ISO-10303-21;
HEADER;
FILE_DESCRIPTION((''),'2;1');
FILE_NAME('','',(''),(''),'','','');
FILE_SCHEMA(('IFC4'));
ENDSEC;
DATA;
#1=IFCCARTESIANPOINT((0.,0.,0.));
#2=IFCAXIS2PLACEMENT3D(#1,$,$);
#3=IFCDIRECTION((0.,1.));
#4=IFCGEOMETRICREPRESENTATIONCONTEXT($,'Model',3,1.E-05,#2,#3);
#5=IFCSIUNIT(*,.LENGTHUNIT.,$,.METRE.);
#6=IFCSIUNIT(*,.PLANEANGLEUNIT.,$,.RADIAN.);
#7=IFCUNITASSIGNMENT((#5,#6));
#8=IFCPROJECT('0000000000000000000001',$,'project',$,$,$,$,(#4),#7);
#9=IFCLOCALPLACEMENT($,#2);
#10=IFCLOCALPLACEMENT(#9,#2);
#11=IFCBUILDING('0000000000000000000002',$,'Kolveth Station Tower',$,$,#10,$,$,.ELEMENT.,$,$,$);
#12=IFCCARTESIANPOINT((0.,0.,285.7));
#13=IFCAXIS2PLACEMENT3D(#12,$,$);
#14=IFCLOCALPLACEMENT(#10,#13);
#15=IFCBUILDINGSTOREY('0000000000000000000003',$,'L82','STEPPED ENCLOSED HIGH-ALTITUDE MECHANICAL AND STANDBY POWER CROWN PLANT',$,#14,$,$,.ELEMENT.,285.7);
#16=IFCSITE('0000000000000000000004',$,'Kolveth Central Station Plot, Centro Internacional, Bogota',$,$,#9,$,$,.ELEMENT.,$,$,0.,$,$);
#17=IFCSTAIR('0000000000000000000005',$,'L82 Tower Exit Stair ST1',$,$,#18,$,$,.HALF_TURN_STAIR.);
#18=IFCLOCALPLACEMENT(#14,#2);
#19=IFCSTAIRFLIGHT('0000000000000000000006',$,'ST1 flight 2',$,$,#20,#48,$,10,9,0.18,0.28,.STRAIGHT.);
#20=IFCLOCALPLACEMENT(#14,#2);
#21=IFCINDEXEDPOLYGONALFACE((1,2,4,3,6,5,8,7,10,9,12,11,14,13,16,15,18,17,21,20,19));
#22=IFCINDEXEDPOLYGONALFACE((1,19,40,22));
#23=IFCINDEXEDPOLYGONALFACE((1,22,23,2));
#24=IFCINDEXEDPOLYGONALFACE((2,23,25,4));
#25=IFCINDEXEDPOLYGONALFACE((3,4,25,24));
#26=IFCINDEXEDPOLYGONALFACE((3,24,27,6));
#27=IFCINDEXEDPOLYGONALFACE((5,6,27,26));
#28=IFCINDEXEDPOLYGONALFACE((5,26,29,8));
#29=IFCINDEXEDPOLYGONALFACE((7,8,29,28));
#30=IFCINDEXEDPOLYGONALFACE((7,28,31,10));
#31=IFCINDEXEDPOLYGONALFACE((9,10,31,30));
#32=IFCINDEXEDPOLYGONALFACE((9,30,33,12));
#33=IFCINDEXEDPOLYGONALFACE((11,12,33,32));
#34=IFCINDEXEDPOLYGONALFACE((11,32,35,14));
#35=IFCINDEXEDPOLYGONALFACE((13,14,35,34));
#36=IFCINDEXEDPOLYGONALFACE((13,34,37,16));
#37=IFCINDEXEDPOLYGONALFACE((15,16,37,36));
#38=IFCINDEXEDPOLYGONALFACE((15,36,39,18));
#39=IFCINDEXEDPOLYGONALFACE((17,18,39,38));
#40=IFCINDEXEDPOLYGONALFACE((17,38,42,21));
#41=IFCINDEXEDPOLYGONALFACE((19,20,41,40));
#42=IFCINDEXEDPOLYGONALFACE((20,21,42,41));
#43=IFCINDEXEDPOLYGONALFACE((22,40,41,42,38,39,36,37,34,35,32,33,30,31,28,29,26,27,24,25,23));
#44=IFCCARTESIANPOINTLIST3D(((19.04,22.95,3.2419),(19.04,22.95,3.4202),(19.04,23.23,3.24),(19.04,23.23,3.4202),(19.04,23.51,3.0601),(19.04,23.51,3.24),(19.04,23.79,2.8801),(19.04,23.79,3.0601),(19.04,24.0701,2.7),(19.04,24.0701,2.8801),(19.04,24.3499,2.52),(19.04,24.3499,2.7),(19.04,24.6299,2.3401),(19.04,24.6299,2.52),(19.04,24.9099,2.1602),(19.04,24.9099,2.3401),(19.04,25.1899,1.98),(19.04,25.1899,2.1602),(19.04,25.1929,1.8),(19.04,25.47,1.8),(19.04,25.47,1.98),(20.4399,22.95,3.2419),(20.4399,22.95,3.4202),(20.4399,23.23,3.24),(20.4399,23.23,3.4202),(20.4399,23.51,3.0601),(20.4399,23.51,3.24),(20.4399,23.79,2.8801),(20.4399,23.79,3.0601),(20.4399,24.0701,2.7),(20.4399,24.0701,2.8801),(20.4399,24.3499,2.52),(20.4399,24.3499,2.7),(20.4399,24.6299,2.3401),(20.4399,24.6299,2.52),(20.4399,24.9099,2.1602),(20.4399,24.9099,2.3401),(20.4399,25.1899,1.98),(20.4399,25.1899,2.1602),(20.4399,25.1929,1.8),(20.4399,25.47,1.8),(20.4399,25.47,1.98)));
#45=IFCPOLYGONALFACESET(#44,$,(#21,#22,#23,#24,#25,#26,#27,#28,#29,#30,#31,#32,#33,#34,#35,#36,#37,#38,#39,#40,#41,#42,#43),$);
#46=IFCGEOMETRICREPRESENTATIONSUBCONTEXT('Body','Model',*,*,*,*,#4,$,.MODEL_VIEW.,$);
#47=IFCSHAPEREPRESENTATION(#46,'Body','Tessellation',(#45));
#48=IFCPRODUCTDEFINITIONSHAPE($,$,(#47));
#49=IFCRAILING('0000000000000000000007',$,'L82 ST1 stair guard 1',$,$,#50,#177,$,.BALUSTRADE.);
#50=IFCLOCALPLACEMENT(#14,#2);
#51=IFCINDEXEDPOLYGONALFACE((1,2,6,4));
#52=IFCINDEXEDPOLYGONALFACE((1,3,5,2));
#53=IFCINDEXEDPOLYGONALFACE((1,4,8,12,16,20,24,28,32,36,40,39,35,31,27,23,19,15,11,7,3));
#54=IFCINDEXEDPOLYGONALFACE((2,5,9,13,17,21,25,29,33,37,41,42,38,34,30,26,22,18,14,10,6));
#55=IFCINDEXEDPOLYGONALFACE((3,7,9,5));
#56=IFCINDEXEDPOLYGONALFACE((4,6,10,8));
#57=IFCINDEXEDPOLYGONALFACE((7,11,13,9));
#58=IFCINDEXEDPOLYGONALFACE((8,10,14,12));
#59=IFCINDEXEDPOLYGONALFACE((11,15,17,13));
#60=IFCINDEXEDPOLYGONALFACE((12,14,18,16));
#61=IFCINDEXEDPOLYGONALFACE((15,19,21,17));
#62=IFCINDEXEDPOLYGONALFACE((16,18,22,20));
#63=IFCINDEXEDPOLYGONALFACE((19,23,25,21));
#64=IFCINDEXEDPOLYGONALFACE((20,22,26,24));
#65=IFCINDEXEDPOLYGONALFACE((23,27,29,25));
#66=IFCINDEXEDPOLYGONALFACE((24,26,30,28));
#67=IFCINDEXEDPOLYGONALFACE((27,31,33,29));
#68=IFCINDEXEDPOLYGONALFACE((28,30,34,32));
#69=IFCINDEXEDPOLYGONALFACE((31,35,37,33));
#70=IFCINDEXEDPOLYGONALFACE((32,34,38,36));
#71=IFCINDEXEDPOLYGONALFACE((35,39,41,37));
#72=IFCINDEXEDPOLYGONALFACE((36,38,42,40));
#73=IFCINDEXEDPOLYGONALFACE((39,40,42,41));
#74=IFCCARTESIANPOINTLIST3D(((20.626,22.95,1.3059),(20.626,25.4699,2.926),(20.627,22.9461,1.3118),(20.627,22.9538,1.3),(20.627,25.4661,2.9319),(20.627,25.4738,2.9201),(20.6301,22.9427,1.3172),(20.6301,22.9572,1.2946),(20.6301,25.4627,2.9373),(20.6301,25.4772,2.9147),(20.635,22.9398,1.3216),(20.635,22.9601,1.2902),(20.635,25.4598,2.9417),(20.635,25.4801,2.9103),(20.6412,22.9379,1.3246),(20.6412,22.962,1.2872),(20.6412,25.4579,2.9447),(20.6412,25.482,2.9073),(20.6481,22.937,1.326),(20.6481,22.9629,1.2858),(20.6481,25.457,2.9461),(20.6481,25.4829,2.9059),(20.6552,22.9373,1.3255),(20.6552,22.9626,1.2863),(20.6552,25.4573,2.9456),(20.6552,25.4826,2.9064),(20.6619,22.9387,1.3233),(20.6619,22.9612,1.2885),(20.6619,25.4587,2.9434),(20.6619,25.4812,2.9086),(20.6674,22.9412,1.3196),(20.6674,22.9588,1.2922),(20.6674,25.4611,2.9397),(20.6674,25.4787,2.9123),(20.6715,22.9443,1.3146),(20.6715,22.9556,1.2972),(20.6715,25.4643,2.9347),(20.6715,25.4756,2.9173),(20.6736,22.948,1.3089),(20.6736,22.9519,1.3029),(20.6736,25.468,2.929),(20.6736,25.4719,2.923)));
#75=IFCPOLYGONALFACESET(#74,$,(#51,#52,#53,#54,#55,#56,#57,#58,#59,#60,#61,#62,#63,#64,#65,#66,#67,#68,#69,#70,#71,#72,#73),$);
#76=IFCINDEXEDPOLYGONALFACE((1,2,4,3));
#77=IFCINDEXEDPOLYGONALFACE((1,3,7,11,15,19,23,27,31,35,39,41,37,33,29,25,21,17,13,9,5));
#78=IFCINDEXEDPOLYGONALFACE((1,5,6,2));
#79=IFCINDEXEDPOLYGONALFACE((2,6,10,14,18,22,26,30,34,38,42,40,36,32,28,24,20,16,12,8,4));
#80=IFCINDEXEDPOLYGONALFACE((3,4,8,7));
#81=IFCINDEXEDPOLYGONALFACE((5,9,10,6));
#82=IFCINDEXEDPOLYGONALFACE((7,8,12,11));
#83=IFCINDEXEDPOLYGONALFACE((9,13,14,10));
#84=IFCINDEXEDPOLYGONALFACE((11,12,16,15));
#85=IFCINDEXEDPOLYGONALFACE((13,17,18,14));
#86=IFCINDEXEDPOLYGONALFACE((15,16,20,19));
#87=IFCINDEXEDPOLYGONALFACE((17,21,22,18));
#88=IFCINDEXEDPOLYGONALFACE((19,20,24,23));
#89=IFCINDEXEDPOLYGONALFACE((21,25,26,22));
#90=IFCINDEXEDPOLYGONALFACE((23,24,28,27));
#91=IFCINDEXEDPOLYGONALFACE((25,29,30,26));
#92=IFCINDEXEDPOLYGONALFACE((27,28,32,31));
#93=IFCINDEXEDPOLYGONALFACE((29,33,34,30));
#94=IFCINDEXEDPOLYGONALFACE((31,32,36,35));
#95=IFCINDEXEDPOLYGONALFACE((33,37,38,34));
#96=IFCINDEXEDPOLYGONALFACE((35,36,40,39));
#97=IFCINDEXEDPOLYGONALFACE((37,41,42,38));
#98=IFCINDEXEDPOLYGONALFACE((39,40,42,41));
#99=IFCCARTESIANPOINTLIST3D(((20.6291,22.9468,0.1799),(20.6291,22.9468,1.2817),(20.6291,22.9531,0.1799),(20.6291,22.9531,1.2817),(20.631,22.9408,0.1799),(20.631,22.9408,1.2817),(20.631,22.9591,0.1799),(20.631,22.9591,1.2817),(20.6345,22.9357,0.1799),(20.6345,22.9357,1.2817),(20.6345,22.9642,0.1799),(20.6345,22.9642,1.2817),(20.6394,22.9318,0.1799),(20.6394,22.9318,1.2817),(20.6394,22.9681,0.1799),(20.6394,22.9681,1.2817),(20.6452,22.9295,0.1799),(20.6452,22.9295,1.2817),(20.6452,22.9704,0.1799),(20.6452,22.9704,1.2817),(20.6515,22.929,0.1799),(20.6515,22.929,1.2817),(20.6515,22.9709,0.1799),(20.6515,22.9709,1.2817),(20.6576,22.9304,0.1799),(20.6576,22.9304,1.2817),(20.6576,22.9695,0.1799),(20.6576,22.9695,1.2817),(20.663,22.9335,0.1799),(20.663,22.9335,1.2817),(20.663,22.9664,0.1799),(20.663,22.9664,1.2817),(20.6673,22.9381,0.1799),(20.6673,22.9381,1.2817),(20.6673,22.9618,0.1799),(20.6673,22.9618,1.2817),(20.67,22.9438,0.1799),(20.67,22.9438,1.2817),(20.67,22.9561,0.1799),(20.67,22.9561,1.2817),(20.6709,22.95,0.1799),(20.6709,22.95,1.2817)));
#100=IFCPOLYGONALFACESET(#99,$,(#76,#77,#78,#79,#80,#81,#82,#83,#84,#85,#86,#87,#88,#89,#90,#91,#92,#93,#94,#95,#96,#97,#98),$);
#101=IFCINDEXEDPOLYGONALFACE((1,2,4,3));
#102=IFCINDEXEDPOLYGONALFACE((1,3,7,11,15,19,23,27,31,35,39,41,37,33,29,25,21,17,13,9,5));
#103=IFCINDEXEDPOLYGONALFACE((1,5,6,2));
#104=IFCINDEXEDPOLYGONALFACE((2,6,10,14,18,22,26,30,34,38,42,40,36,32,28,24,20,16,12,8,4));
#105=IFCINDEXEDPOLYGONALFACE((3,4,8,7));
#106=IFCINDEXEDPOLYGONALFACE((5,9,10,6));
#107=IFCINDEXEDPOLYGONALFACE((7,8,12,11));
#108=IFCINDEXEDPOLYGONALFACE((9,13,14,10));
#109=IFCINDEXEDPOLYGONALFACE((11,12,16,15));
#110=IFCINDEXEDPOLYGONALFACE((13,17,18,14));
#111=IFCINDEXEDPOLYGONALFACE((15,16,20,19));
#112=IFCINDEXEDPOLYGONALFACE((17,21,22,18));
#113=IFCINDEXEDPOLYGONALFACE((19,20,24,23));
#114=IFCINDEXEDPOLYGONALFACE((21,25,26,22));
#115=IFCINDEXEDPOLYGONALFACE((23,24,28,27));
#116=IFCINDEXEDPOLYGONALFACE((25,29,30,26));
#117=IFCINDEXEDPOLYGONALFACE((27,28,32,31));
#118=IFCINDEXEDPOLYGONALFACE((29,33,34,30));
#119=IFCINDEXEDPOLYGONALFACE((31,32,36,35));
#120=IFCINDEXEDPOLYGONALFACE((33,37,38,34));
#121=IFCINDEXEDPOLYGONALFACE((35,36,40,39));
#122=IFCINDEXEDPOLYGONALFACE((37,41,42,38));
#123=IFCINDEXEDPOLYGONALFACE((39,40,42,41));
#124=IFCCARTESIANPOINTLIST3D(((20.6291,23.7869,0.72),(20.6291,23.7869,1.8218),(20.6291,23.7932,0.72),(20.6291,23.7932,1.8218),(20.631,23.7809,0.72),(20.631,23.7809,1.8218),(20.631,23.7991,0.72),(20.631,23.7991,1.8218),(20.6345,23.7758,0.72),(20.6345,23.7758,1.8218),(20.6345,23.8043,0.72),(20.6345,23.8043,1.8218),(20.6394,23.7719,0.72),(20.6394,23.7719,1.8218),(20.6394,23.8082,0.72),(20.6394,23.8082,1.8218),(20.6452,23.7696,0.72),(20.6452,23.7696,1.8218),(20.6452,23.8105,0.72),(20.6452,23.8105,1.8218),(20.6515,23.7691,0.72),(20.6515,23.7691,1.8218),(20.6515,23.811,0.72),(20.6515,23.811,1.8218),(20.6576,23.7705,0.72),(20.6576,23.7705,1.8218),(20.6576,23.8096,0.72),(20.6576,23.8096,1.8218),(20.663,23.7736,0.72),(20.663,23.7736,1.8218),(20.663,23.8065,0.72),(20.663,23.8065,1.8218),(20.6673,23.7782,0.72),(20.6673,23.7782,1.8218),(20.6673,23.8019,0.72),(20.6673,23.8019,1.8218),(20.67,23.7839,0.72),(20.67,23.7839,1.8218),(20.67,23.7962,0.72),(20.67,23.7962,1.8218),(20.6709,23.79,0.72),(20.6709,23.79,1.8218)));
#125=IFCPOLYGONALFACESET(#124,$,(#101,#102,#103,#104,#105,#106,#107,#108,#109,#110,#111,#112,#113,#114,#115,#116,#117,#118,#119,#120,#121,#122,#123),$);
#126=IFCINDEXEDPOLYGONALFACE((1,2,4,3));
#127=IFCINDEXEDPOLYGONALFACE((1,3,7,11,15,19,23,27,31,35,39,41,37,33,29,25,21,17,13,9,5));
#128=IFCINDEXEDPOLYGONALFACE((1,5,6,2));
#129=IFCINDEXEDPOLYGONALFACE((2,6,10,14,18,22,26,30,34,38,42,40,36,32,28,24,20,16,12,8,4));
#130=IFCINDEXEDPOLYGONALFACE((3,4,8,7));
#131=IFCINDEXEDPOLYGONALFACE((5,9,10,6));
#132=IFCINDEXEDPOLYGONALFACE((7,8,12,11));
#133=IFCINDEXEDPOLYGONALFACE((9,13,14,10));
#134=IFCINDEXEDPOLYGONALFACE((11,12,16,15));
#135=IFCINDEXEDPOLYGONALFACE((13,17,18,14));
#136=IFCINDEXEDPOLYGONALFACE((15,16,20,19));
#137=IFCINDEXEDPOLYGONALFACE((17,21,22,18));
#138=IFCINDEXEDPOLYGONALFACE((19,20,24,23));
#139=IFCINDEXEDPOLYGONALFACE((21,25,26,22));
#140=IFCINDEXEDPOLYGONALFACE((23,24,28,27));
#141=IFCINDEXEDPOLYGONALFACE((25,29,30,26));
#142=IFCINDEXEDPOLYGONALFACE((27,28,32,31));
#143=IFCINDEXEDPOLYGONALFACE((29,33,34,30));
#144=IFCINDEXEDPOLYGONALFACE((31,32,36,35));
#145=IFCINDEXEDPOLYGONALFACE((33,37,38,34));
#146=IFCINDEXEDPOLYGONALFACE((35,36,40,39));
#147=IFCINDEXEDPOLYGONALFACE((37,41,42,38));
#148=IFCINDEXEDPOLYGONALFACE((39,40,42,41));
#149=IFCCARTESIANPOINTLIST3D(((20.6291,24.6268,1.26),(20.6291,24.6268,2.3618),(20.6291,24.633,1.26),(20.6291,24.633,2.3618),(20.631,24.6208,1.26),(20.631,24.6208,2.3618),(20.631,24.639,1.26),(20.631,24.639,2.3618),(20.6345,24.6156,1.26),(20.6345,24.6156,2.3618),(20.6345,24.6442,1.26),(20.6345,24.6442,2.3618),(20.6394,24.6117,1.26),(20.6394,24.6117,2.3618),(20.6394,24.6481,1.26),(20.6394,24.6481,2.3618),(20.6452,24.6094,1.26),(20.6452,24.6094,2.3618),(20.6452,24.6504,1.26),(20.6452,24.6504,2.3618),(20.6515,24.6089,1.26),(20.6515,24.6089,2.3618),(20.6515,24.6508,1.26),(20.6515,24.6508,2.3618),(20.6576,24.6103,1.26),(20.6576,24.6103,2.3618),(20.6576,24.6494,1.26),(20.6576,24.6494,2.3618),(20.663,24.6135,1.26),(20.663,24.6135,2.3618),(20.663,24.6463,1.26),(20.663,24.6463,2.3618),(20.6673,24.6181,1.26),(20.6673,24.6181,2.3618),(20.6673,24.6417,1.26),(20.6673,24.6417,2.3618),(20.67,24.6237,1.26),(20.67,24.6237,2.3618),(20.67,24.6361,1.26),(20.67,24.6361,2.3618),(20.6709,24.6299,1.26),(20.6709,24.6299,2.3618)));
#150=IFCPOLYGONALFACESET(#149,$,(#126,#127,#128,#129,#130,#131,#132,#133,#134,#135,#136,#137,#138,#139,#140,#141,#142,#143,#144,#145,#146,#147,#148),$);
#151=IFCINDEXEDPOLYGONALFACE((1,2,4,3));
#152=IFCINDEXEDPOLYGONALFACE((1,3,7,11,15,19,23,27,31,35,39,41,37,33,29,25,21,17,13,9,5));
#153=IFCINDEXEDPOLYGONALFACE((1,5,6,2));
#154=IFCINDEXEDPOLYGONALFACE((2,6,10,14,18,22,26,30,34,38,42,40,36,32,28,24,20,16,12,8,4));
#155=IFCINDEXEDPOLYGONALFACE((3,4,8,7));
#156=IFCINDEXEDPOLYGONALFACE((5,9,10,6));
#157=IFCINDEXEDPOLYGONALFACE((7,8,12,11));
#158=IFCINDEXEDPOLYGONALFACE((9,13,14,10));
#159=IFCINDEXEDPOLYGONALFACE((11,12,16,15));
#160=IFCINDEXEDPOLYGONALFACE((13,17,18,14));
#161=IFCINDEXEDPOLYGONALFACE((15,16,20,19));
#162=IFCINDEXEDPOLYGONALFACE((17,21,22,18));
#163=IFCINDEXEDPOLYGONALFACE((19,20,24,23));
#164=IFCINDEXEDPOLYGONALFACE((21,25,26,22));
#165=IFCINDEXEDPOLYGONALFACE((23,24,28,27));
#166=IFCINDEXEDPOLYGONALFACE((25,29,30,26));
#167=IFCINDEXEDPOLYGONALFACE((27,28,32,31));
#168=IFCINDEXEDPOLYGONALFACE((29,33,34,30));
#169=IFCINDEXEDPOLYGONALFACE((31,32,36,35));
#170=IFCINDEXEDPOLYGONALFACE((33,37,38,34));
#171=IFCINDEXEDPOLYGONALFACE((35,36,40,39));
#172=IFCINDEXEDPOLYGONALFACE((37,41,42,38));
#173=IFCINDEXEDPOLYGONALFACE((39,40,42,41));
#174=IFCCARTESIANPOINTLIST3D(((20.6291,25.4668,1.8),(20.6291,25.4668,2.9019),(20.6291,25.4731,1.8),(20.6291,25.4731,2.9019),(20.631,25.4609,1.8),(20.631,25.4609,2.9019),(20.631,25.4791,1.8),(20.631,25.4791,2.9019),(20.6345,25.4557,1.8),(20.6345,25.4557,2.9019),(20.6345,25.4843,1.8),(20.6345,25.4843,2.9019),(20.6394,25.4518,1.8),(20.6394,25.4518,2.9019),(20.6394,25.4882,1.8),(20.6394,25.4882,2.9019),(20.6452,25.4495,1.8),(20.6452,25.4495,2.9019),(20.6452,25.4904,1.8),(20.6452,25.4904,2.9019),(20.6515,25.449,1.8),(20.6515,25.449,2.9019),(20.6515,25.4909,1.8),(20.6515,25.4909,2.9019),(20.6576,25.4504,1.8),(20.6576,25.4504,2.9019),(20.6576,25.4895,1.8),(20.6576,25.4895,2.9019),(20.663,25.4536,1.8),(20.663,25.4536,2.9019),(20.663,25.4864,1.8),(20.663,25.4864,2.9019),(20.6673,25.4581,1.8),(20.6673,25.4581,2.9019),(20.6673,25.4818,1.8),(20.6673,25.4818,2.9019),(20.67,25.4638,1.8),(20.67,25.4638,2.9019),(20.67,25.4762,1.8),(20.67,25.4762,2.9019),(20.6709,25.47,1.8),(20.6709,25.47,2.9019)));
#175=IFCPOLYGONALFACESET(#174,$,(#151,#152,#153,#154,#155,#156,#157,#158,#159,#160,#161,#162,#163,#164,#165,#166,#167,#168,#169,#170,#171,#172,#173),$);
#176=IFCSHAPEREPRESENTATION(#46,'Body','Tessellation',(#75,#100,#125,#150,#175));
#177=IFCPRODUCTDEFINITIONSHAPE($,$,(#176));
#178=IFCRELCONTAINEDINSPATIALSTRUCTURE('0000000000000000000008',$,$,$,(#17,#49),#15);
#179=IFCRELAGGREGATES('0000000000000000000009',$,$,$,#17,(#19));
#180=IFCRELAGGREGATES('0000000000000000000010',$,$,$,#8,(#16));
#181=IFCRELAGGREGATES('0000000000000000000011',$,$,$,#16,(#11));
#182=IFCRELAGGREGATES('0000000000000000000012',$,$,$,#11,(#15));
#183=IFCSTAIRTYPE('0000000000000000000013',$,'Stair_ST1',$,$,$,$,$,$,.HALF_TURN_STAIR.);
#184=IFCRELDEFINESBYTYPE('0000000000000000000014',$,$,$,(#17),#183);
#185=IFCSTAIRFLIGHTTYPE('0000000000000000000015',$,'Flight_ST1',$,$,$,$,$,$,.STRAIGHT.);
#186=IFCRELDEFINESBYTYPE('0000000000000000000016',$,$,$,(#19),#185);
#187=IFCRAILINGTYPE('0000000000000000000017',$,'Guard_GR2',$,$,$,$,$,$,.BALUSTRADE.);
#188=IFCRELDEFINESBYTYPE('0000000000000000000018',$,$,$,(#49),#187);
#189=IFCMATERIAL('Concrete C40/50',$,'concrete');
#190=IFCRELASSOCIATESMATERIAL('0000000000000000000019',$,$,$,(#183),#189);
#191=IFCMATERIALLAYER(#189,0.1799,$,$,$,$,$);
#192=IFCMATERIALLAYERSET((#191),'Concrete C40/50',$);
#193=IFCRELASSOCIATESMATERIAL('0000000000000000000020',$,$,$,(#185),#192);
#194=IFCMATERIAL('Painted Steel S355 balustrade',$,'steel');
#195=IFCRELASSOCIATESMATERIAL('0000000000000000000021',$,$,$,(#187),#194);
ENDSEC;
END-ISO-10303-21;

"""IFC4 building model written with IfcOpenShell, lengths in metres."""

from ifc_helpers import new_model, si_unit, direction, frame, origin, origin_2d, place, context, subcontext, project, spatial, polyline, circle, outline, extrude, material, layer, layer_set, type_object, element, aggregate, save


model = new_model("IFC4")

# Units and contexts
model_context = context("Model", 3, precision=1e-05, world=origin(), true_north=direction((0.0, 1.0)))
body_context = subcontext(model_context, "Body", "Model", "MODEL_VIEW")
ifc_project = project(units=[si_unit("LENGTHUNIT", "METRE"), si_unit("PLANEANGLEUNIT", "RADIAN")], contexts=[model_context])

# Site, building, storey
site_placement = place(None, origin())
site = spatial("IfcSite", under=ifc_project, at=site_placement, Name="Kolveth Central Station Plot, Centro Internacional, Bogota", CompositionType="ELEMENT", RefElevation=0.0)
building_placement = place(site_placement, origin())
building = spatial("IfcBuilding", under=site, at=building_placement, Name="Kolveth Station Tower", CompositionType="ELEMENT")
storey_placement = place(building_placement, frame((0.0, 0.0, 285.7)))
storey = spatial("IfcBuildingStorey", under=building, at=storey_placement, Name="L82", Description="STEPPED ENCLOSED HIGH-ALTITUDE MECHANICAL AND STANDBY POWER CROWN PLANT", CompositionType="ELEMENT", Elevation=285.7)

# Shared definitions
ifc_material_1 = material(Name="Concrete C40/50", Category="concrete")

# Stair, stair flight
stair_type = type_object("IfcStairType", Name="Stair_ST1", PredefinedType="HALF_TURN_STAIR", material=ifc_material_1)
stair_placement = place(storey_placement, origin())
stair = element("IfcStair", 1, at=stair_placement, inside=storey, type_object=stair_type, Name="L82 Tower Exit Stair ST1", PredefinedType="HALF_TURN_STAIR")
ifc_layer_1 = layer(ifc_material_1, 0.1799)
ifc_layer_set_1 = layer_set([ifc_layer_1], Name="Concrete C40/50")
stair_flight_type = type_object("IfcStairFlightType", Name="Flight_ST1", PredefinedType="STRAIGHT", material=ifc_layer_set_1)
stair_flight_1_placement = place(storey_placement, frame((19.74, 25.47, 1.8), z_axis=(0.0, 0.0, 1.0), x_axis=(0.0, -1.0, 0.0)))
stair_flight_1 = element("IfcStairFlight", 2, at=stair_flight_1_placement, type_object=stair_flight_type, Name="ST1 flight 2", NumberOfRisers=10, NumberOfTreads=9, PredefinedType="STRAIGHT", RiserHeight=0.18, TreadLength=0.28, context=body_context, shape_type="SweptSolid", body=[
    extrude(outline(polyline([(0.0, 0.0), (0.0, 0.1799), (0.28, 0.1799), (0.28, 0.3601), (0.5601, 0.3601), (0.5601, 0.54), (0.8401, 0.54), (0.8401, 0.72), (1.1201, 0.72), (1.1201, 0.8999), (1.3999, 0.8999), (1.3999, 1.0801), (1.6799, 1.0801), (1.6799, 1.26), (1.96, 1.26), (1.96, 1.4399), (2.24, 1.4399), (2.24, 1.6201), (2.52, 1.6201), (2.52, 1.8), (2.52, 1.4419), (0.2771, 0.0), (0.0, 0.0)])), frame((0.0, 0.7, 0.0), z_axis=(0.0, -1.0, 0.0), x_axis=(1.0, 0.0, 0.0)), (0.0, 0.0, 1.0), 1.3999),
])
aggregate(stair, [stair_flight_1])

# Railing
ifc_material_2 = material(Name="Painted Steel S355 balustrade", Category="steel")
railing_type_1 = type_object("IfcRailingType", Name="Guard_GR2", PredefinedType="BALUSTRADE", material=ifc_material_2)
railing_1_placement = place(storey_placement, frame((20.6499, 22.95, 0.1799)))
element("IfcRailing", 3, at=railing_1_placement, inside=storey, type_object=railing_type_1, Name="L82 ST1 stair guard 1", PredefinedType="BALUSTRADE", context=body_context, shape_type="SweptSolid", body=[
    extrude(circle(Radius=0.0239, at=origin_2d()), frame((0.0, 0.0, 1.126), z_axis=(0.0, 0.841163, 0.540782), x_axis=(-1.0, 0.0, 0.0)), (0.0, 0.0, 1.0), 2.9958),
    extrude(circle(Radius=0.021, at=origin_2d()), origin(), (0.0, 0.0, 1.0), 1.1018),
    extrude(circle(Radius=0.021, at=origin_2d()), frame((0.0, 0.8401, 0.54)), (0.0, 0.0, 1.0), 1.1018),
    extrude(circle(Radius=0.021, at=origin_2d()), frame((0.0, 1.6799, 1.0801)), (0.0, 0.0, 1.0), 1.1018),
    extrude(circle(Radius=0.021, at=origin_2d()), frame((0.0, 2.52, 1.6201)), (0.0, 0.0, 1.0), 1.1018),
])

save(model, "model.ifc")
